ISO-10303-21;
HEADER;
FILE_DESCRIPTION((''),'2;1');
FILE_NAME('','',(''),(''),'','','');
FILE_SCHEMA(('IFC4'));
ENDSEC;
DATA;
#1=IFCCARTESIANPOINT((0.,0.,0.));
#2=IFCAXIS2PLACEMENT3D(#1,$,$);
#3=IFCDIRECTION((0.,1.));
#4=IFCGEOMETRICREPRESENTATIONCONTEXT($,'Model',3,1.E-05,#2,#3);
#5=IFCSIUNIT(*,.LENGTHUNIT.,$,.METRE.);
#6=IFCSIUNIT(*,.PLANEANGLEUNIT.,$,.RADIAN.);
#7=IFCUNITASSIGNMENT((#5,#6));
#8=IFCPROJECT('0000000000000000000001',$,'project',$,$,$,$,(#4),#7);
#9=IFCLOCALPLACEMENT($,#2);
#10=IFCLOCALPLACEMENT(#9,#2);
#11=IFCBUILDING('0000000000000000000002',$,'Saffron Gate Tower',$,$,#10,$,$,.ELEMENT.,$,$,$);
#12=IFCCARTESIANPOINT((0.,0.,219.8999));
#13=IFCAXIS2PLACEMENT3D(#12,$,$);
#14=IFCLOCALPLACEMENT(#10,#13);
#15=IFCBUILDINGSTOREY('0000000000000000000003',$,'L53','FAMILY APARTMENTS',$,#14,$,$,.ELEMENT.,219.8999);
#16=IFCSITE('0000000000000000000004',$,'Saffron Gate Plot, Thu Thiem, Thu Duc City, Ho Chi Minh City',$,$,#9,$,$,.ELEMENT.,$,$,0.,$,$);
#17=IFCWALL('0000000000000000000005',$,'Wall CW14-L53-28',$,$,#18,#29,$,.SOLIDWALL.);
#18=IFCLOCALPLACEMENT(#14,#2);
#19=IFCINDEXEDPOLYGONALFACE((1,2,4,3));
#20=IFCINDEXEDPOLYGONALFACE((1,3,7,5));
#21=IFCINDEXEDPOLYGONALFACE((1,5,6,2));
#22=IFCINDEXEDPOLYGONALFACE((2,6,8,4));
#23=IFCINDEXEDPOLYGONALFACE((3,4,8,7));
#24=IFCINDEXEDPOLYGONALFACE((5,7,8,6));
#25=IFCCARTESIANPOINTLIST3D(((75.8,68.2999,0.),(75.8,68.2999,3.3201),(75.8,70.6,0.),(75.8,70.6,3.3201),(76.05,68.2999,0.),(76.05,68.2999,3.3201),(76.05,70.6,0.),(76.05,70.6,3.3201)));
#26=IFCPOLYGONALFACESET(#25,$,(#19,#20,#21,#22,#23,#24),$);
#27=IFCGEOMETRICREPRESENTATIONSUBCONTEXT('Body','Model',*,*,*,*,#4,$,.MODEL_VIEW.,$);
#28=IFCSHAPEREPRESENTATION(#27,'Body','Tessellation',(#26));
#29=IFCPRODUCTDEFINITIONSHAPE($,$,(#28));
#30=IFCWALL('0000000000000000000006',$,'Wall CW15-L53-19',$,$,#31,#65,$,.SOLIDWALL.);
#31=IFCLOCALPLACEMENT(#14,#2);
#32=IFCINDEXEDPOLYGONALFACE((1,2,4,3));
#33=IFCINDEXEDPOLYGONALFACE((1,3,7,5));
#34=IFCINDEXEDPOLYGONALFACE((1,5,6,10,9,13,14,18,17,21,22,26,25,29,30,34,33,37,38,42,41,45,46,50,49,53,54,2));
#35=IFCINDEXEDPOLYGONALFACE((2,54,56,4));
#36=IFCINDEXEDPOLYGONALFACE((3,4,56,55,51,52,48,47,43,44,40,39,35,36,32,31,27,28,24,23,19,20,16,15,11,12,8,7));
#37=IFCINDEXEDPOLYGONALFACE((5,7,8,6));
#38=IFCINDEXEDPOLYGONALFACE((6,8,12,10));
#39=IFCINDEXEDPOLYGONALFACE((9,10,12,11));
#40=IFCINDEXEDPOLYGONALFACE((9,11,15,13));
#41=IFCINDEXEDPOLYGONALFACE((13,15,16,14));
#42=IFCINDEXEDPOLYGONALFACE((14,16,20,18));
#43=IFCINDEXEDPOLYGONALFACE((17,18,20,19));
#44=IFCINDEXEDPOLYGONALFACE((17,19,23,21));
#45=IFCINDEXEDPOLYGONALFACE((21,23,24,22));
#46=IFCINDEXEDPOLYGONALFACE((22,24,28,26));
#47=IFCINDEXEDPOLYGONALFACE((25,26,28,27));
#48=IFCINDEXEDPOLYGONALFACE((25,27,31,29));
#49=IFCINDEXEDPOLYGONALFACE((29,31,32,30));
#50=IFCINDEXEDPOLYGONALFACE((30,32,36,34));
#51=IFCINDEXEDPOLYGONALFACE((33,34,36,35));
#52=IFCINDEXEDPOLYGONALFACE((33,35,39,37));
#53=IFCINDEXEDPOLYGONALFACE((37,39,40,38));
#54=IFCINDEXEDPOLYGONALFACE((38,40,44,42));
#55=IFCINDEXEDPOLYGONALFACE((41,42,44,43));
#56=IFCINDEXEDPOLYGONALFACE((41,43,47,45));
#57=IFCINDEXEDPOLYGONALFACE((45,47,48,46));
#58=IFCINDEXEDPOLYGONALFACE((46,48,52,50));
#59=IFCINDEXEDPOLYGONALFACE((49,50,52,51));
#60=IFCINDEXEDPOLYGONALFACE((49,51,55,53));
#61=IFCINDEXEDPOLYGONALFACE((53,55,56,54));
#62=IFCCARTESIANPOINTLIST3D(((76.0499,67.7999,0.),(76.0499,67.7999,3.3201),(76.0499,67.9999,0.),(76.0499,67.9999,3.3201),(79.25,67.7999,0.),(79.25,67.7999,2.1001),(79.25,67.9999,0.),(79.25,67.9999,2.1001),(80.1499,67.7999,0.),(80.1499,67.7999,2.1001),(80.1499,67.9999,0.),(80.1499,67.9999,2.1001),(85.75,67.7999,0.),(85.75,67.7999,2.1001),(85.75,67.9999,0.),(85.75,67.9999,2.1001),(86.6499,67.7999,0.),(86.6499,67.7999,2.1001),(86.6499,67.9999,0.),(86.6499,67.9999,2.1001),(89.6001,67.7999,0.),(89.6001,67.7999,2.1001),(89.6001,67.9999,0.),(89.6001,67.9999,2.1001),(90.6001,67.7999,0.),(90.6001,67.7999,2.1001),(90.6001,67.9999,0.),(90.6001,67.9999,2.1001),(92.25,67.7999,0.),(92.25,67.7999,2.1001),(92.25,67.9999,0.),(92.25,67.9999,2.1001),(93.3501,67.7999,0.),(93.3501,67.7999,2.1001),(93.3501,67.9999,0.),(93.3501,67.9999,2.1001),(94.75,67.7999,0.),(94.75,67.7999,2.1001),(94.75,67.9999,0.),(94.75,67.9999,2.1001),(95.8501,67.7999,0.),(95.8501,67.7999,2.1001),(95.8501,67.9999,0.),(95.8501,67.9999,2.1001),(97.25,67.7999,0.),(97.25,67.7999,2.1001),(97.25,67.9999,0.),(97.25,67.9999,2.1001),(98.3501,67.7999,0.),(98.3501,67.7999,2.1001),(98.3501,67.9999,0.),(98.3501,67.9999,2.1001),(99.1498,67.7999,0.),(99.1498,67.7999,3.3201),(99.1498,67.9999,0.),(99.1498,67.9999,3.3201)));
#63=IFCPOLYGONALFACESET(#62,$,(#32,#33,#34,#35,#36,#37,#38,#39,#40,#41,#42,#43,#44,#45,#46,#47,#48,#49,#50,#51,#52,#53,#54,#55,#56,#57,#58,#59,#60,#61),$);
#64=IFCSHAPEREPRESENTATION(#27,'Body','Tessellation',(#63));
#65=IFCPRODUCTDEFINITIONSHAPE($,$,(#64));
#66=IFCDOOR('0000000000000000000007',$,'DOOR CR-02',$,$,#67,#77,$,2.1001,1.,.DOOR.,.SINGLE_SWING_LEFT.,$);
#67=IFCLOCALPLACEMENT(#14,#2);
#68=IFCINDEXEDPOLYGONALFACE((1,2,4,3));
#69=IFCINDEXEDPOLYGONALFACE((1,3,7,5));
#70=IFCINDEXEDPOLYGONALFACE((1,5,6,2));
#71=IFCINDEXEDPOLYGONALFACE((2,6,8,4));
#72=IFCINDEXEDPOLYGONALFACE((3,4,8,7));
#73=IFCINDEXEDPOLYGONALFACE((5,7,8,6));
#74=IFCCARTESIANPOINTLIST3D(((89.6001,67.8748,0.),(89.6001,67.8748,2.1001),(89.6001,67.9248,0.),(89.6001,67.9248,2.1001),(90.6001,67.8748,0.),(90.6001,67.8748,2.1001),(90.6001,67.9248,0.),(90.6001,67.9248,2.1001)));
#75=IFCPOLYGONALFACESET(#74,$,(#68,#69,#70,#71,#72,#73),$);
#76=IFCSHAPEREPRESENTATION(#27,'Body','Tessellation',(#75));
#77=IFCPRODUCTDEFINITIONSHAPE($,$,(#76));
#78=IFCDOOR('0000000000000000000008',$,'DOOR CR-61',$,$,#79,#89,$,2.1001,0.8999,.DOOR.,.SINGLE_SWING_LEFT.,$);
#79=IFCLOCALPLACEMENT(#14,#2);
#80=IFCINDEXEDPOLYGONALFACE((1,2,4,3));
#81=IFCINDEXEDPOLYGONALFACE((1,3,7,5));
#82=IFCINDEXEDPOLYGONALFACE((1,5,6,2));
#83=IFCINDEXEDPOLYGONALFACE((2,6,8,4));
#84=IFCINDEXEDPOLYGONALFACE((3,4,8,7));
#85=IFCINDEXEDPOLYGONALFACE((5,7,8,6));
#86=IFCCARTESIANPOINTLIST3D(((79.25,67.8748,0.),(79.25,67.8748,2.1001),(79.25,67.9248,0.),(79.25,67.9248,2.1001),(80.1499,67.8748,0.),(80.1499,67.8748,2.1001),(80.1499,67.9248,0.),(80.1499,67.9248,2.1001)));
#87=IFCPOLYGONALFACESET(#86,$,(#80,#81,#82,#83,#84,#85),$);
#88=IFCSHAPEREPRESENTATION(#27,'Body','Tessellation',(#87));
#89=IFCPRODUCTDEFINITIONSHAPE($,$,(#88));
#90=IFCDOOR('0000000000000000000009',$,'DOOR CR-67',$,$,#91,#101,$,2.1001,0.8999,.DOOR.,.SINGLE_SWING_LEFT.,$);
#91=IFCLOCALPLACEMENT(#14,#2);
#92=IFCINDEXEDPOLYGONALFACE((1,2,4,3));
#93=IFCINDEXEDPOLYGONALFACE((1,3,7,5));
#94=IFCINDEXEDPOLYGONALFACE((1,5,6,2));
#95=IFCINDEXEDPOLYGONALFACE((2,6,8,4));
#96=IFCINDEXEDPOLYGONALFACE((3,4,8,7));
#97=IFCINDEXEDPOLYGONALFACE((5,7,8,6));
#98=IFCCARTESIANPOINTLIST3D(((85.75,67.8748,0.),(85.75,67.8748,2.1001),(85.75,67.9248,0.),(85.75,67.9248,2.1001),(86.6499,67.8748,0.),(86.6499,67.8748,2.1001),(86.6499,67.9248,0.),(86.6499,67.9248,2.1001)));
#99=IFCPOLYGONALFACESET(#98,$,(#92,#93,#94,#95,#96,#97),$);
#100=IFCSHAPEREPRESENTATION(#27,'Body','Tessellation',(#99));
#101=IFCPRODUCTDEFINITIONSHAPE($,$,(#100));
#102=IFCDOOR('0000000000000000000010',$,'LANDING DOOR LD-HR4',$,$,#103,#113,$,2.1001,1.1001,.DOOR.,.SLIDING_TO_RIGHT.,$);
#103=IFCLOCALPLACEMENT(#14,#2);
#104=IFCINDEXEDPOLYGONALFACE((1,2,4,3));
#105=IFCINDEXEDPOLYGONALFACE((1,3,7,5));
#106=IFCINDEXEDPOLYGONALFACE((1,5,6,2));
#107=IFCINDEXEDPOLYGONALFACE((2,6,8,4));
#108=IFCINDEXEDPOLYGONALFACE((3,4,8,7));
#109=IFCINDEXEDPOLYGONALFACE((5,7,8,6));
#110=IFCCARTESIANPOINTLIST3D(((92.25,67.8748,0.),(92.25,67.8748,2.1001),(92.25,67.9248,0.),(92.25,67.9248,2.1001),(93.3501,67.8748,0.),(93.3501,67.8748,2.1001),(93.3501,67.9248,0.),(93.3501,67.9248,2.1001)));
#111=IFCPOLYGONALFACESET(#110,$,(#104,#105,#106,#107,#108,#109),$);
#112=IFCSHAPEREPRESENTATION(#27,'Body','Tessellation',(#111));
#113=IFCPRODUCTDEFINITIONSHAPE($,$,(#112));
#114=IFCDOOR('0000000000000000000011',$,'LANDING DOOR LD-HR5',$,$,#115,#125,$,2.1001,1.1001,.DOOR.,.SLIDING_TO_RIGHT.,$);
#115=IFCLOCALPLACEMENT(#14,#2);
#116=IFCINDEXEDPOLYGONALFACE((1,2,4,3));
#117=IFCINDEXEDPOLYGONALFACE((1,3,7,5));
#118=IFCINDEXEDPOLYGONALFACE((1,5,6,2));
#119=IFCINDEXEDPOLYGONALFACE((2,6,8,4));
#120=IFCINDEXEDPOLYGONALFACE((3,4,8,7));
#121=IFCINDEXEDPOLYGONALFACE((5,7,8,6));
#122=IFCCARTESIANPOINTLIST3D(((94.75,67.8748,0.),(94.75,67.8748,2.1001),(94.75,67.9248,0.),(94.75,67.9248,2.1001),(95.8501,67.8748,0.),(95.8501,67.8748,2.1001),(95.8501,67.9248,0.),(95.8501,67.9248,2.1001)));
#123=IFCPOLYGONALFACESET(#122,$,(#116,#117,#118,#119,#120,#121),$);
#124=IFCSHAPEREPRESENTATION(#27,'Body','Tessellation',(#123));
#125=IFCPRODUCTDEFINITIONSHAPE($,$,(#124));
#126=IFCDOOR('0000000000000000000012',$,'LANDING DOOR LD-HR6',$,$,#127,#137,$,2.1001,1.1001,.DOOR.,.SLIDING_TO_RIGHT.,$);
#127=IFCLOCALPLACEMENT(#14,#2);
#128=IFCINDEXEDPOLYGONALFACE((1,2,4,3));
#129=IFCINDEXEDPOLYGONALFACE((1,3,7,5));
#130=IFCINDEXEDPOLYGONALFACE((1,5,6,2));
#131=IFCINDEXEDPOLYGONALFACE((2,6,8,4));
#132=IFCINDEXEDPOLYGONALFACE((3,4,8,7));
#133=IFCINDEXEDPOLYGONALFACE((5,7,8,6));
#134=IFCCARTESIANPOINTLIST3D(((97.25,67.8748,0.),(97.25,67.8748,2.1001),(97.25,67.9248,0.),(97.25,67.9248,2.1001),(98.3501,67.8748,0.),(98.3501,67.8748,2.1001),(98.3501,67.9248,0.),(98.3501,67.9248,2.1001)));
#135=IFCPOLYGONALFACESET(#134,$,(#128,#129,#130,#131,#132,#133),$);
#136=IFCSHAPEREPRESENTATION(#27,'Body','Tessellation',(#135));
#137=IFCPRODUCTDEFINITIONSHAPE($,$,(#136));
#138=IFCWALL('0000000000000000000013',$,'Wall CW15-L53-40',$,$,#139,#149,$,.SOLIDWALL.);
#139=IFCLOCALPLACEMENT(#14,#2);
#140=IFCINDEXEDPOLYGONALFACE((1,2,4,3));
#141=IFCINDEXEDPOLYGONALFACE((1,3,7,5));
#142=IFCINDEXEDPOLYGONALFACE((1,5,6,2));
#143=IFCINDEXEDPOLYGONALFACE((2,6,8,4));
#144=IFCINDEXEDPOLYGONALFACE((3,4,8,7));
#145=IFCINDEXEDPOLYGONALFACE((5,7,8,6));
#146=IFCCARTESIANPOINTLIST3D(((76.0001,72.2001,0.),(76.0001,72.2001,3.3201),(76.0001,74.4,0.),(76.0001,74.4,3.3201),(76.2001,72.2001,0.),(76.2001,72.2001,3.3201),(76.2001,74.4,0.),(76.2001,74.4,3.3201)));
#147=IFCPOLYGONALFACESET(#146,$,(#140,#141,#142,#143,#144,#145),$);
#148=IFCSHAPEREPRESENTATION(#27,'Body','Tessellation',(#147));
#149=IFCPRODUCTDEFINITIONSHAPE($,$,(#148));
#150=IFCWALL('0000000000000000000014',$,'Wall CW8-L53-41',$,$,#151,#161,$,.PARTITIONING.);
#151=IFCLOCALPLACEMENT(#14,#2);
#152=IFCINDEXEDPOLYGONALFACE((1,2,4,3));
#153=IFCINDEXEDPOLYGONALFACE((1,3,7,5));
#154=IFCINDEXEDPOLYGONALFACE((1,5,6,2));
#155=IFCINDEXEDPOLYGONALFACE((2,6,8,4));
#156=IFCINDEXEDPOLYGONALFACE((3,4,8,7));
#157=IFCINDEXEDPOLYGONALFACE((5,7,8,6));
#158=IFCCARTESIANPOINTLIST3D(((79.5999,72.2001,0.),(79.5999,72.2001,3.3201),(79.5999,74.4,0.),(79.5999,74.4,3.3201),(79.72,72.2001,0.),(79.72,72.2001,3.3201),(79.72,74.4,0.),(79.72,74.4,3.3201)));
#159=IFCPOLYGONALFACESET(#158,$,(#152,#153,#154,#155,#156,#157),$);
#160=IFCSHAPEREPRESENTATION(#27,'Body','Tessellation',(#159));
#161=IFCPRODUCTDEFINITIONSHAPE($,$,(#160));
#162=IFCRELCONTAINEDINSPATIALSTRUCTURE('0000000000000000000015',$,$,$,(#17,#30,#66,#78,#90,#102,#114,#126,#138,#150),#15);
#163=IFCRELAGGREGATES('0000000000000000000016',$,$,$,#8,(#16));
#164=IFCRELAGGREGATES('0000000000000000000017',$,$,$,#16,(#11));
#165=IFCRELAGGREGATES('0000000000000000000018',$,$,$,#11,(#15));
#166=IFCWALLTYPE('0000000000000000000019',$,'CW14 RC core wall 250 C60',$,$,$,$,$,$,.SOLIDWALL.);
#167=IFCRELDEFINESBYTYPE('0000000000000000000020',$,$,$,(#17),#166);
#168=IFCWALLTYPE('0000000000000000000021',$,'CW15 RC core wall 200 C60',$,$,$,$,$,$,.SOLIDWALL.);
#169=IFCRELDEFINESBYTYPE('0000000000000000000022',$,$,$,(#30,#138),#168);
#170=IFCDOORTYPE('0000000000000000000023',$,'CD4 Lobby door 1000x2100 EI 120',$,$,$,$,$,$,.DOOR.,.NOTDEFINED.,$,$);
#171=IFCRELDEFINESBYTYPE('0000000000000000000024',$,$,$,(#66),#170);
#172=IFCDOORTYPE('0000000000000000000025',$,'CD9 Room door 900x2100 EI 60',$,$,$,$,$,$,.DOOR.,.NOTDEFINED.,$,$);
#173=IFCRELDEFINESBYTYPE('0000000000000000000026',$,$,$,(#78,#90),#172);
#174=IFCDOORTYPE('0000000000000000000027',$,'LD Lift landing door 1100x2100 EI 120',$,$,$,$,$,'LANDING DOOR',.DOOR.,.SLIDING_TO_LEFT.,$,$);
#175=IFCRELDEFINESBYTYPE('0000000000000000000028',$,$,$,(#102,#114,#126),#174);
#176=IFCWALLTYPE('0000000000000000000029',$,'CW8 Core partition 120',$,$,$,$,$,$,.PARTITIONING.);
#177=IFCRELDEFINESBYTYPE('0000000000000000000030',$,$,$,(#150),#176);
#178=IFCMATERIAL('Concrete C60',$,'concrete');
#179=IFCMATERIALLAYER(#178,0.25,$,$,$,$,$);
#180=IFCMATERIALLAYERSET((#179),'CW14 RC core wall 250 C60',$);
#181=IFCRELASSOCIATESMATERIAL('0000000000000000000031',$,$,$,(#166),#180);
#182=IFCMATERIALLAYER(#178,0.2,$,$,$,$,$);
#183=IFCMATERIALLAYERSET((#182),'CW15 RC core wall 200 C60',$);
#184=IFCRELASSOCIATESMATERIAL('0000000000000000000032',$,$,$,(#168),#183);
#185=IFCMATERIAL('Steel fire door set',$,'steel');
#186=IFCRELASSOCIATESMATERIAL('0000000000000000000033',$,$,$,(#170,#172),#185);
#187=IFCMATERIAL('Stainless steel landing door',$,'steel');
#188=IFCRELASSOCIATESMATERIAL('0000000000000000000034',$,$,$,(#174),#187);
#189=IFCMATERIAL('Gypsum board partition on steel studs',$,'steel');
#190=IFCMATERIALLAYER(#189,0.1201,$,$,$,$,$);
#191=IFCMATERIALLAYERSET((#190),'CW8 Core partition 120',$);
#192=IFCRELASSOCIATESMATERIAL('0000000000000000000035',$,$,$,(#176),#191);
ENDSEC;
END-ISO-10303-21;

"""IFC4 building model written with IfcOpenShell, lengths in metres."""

from ifc_helpers import new_model, si_unit, direction, frame, frame_2d, origin, place, context, subcontext, project, spatial, rectangle, extrude, material, layer, layer_set, type_object, element, fill, save


model = new_model("IFC4")

# Units and contexts
model_context = context("Model", 3, precision=1e-05, world=origin(), true_north=direction((0.0, 1.0)))
body_context = subcontext(model_context, "Body", "Model", "MODEL_VIEW")
ifc_project = project(units=[si_unit("LENGTHUNIT", "METRE"), si_unit("PLANEANGLEUNIT", "RADIAN")], contexts=[model_context])

# Site, building, storey
site_placement = place(None, origin())
site = spatial("IfcSite", under=ifc_project, at=site_placement, Name="Saffron Gate Plot, Thu Thiem, Thu Duc City, Ho Chi Minh City", CompositionType="ELEMENT", RefElevation=0.0)
building_placement = place(site_placement, origin())
building = spatial("IfcBuilding", under=site, at=building_placement, Name="Saffron Gate Tower", CompositionType="ELEMENT")
storey_placement = place(building_placement, frame((0.0, 0.0, 219.8999)))
storey = spatial("IfcBuildingStorey", under=building, at=storey_placement, Name="L53", Description="FAMILY APARTMENTS", CompositionType="ELEMENT", Elevation=219.8999)

# Wall
ifc_material_1 = material(Name="Concrete C60", Category="concrete")
ifc_layer_1 = layer(ifc_material_1, 0.25)
ifc_layer_set_1 = layer_set([ifc_layer_1], Name="CW14 RC core wall 250 C60")
wall_type_1 = type_object("IfcWallType", Name="CW14 RC core wall 250 C60", PredefinedType="SOLIDWALL", material=ifc_layer_set_1)
wall_1_placement = place(storey_placement, frame((75.925, 68.3, 0.0), z_axis=(0.0, 0.0, 1.0), x_axis=(0.0, 1.0, 0.0)))
element("IfcWall", 1, at=wall_1_placement, inside=storey, type_object=wall_type_1, Name="Wall CW14-L53-28", PredefinedType="SOLIDWALL", context=body_context, shape_type="SweptSolid", body=[
    extrude(rectangle(XDim=2.3, YDim=0.25, at=frame_2d((1.1499, 0.0))), origin(), (0.0, 0.0, 1.0), 3.3201),
])

# Wall, openings, doors
ifc_layer_2 = layer(ifc_material_1, 0.2)
ifc_layer_set_2 = layer_set([ifc_layer_2], Name="CW15 RC core wall 200 C60")
wall_type_2 = type_object("IfcWallType", Name="CW15 RC core wall 200 C60", PredefinedType="SOLIDWALL", material=ifc_layer_set_2)
wall_2_placement = place(storey_placement, frame((76.05, 67.8999, 0.0), z_axis=(0.0, 0.0, 1.0), x_axis=(1.0, 0.0, 0.0)))
wall_2 = element("IfcWall", 2, at=wall_2_placement, inside=storey, type_object=wall_type_2, Name="Wall CW15-L53-19", PredefinedType="SOLIDWALL", context=body_context, shape_type="SweptSolid", body=[
    extrude(rectangle(XDim=23.0999, YDim=0.2, at=frame_2d((11.5498, 0.0))), origin(), (0.0, 0.0, 1.0), 3.3201),
])
opening_1_placement = place(wall_2_placement, frame((3.2, 0.0, 0.0)))
opening_1 = element("IfcOpeningElement", 3, at=opening_1_placement, cuts=wall_2, PredefinedType="OPENING", context=body_context, shape_type="SweptSolid", body=[
    extrude(rectangle(XDim=0.8999, YDim=2.1001, at=frame_2d((0.45, 1.05))), frame((0.0, 0.1099, 0.0), z_axis=(0.0, -1.0, 0.0), x_axis=(1.0, 0.0, 0.0)), (0.0, 0.0, 1.0), 0.22),
])
opening_2_placement = place(wall_2_placement, frame((9.7, 0.0, 0.0)))
opening_2 = element("IfcOpeningElement", 4, at=opening_2_placement, cuts=wall_2, PredefinedType="OPENING", context=body_context, shape_type="SweptSolid", body=[
    extrude(rectangle(XDim=0.8999, YDim=2.1001, at=frame_2d((0.45, 1.05))), frame((0.0, 0.1099, 0.0), z_axis=(0.0, -1.0, 0.0), x_axis=(1.0, 0.0, 0.0)), (0.0, 0.0, 1.0), 0.22),
])
opening_3_placement = place(wall_2_placement, frame((13.55, 0.0, 0.0)))
opening_3 = element("IfcOpeningElement", 5, at=opening_3_placement, cuts=wall_2, PredefinedType="OPENING", context=body_context, shape_type="SweptSolid", body=[
    extrude(rectangle(XDim=1.0, YDim=2.1001, at=frame_2d((0.5, 1.05))), frame((0.0, 0.1099, 0.0), z_axis=(0.0, -1.0, 0.0), x_axis=(1.0, 0.0, 0.0)), (0.0, 0.0, 1.0), 0.22),
])
opening_4_placement = place(wall_2_placement, frame((16.2, 0.0, 0.0)))
opening_4 = element("IfcOpeningElement", 6, at=opening_4_placement, cuts=wall_2, PredefinedType="OPENING", context=body_context, shape_type="SweptSolid", body=[
    extrude(rectangle(XDim=1.1001, YDim=2.1001, at=frame_2d((0.55, 1.05))), frame((0.0, 0.1099, 0.0), z_axis=(0.0, -1.0, 0.0), x_axis=(1.0, 0.0, 0.0)), (0.0, 0.0, 1.0), 0.22),
])
opening_5_placement = place(wall_2_placement, frame((18.7, 0.0, 0.0)))
opening_5 = element("IfcOpeningElement", 7, at=opening_5_placement, cuts=wall_2, PredefinedType="OPENING", context=body_context, shape_type="SweptSolid", body=[
    extrude(rectangle(XDim=1.1001, YDim=2.1001, at=frame_2d((0.55, 1.05))), frame((0.0, 0.1099, 0.0), z_axis=(0.0, -1.0, 0.0), x_axis=(1.0, 0.0, 0.0)), (0.0, 0.0, 1.0), 0.22),
])
opening_6_placement = place(wall_2_placement, frame((21.2, 0.0, 0.0)))
opening_6 = element("IfcOpeningElement", 8, at=opening_6_placement, cuts=wall_2, PredefinedType="OPENING", context=body_context, shape_type="SweptSolid", body=[
    extrude(rectangle(XDim=1.1001, YDim=2.1001, at=frame_2d((0.55, 1.05))), frame((0.0, 0.1099, 0.0), z_axis=(0.0, -1.0, 0.0), x_axis=(1.0, 0.0, 0.0)), (0.0, 0.0, 1.0), 0.22),
])
ifc_material_2 = material(Name="Steel fire door set", Category="steel")
door_type_1 = type_object("IfcDoorType", Name="CD4 Lobby door 1000x2100 EI 120", OperationType="NOTDEFINED", PredefinedType="DOOR", material=ifc_material_2)
door_1_placement = place(opening_3_placement, origin())
door_1 = element("IfcDoor", 9, at=door_1_placement, inside=storey, type_object=door_type_1, Name="DOOR CR-02", OperationType="SINGLE_SWING_LEFT", OverallHeight=2.1001, OverallWidth=1.0, PredefinedType="DOOR", context=body_context, shape_type="SweptSolid", body=[
    extrude(rectangle(XDim=1.0, YDim=2.1001, at=frame_2d((0.5, 1.05))), frame((0.0, 0.0249, 0.0), z_axis=(0.0, -1.0, 0.0), x_axis=(1.0, 0.0, 0.0)), (0.0, 0.0, 1.0), 0.05),
])
fill(opening_3, door_1)
door_type_2 = type_object("IfcDoorType", Name="CD9 Room door 900x2100 EI 60", OperationType="NOTDEFINED", PredefinedType="DOOR", material=ifc_material_2)
door_2_placement = place(opening_1_placement, origin())
door_2 = element("IfcDoor", 10, at=door_2_placement, inside=storey, type_object=door_type_2, Name="DOOR CR-61", OperationType="SINGLE_SWING_LEFT", OverallHeight=2.1001, OverallWidth=0.8999, PredefinedType="DOOR", context=body_context, shape_type="SweptSolid", body=[
    extrude(rectangle(XDim=0.8999, YDim=2.1001, at=frame_2d((0.45, 1.05))), frame((0.0, 0.0249, 0.0), z_axis=(0.0, -1.0, 0.0), x_axis=(1.0, 0.0, 0.0)), (0.0, 0.0, 1.0), 0.05),
])
fill(opening_1, door_2)
door_3_placement = place(opening_2_placement, origin())
door_3 = element("IfcDoor", 11, at=door_3_placement, inside=storey, type_object=door_type_2, Name="DOOR CR-67", OperationType="SINGLE_SWING_LEFT", OverallHeight=2.1001, OverallWidth=0.8999, PredefinedType="DOOR", context=body_context, shape_type="SweptSolid", body=[
    extrude(rectangle(XDim=0.8999, YDim=2.1001, at=frame_2d((0.45, 1.05))), frame((0.0, 0.0249, 0.0), z_axis=(0.0, -1.0, 0.0), x_axis=(1.0, 0.0, 0.0)), (0.0, 0.0, 1.0), 0.05),
])
fill(opening_2, door_3)
ifc_material_3 = material(Name="Stainless steel landing door", Category="steel")
door_type_3 = type_object("IfcDoorType", Name="LD Lift landing door 1100x2100 EI 120", ElementType="LANDING DOOR", OperationType="SLIDING_TO_LEFT", PredefinedType="DOOR", material=ifc_material_3)
door_4_placement = place(opening_4_placement, origin())
door_4 = element("IfcDoor", 12, at=door_4_placement, inside=storey, type_object=door_type_3, Name="LANDING DOOR LD-HR4", OperationType="SLIDING_TO_RIGHT", OverallHeight=2.1001, OverallWidth=1.1001, PredefinedType="DOOR", context=body_context, shape_type="SweptSolid", body=[
    extrude(rectangle(XDim=1.1001, YDim=2.1001, at=frame_2d((0.55, 1.05))), frame((0.0, 0.0249, 0.0), z_axis=(0.0, -1.0, 0.0), x_axis=(1.0, 0.0, 0.0)), (0.0, 0.0, 1.0), 0.05),
])
fill(opening_4, door_4)
door_5_placement = place(opening_5_placement, origin())
door_5 = element("IfcDoor", 13, at=door_5_placement, inside=storey, type_object=door_type_3, Name="LANDING DOOR LD-HR5", OperationType="SLIDING_TO_RIGHT", OverallHeight=2.1001, OverallWidth=1.1001, PredefinedType="DOOR", context=body_context, shape_type="SweptSolid", body=[
    extrude(rectangle(XDim=1.1001, YDim=2.1001, at=frame_2d((0.55, 1.05))), frame((0.0, 0.0249, 0.0), z_axis=(0.0, -1.0, 0.0), x_axis=(1.0, 0.0, 0.0)), (0.0, 0.0, 1.0), 0.05),
])
fill(opening_5, door_5)
door_6_placement = place(opening_6_placement, origin())
door_6 = element("IfcDoor", 14, at=door_6_placement, inside=storey, type_object=door_type_3, Name="LANDING DOOR LD-HR6", OperationType="SLIDING_TO_RIGHT", OverallHeight=2.1001, OverallWidth=1.1001, PredefinedType="DOOR", context=body_context, shape_type="SweptSolid", body=[
    extrude(rectangle(XDim=1.1001, YDim=2.1001, at=frame_2d((0.55, 1.05))), frame((0.0, 0.0249, 0.0), z_axis=(0.0, -1.0, 0.0), x_axis=(1.0, 0.0, 0.0)), (0.0, 0.0, 1.0), 0.05),
])
fill(opening_6, door_6)

# Walls
wall_3_placement = place(storey_placement, frame((76.1001, 72.2, 0.0), z_axis=(0.0, 0.0, 1.0), x_axis=(0.0, 1.0, 0.0)))
element("IfcWall", 15, at=wall_3_placement, inside=storey, type_object=wall_type_2, Name="Wall CW15-L53-40", PredefinedType="SOLIDWALL", context=body_context, shape_type="SweptSolid", body=[
    extrude(rectangle(XDim=2.2, YDim=0.2, at=frame_2d((1.1001, 0.0))), origin(), (0.0, 0.0, 1.0), 3.3201),
])
ifc_material_4 = material(Name="Gypsum board partition on steel studs", Category="steel")
ifc_layer_3 = layer(ifc_material_4, 0.1201)
ifc_layer_set_3 = layer_set([ifc_layer_3], Name="CW8 Core partition 120")
wall_type_3 = type_object("IfcWallType", Name="CW8 Core partition 120", PredefinedType="PARTITIONING", material=ifc_layer_set_3)
wall_4_placement = place(storey_placement, frame((79.6599, 72.2, 0.0), z_axis=(0.0, 0.0, 1.0), x_axis=(0.0, 1.0, 0.0)))
element("IfcWall", 16, at=wall_4_placement, inside=storey, type_object=wall_type_3, Name="Wall CW8-L53-41", PredefinedType="PARTITIONING", context=body_context, shape_type="SweptSolid", body=[
    extrude(rectangle(XDim=2.2, YDim=0.1201, at=frame_2d((1.1001, 0.0))), origin(), (0.0, 0.0, 1.0), 3.3201),
])

save(model, "model.ifc")
